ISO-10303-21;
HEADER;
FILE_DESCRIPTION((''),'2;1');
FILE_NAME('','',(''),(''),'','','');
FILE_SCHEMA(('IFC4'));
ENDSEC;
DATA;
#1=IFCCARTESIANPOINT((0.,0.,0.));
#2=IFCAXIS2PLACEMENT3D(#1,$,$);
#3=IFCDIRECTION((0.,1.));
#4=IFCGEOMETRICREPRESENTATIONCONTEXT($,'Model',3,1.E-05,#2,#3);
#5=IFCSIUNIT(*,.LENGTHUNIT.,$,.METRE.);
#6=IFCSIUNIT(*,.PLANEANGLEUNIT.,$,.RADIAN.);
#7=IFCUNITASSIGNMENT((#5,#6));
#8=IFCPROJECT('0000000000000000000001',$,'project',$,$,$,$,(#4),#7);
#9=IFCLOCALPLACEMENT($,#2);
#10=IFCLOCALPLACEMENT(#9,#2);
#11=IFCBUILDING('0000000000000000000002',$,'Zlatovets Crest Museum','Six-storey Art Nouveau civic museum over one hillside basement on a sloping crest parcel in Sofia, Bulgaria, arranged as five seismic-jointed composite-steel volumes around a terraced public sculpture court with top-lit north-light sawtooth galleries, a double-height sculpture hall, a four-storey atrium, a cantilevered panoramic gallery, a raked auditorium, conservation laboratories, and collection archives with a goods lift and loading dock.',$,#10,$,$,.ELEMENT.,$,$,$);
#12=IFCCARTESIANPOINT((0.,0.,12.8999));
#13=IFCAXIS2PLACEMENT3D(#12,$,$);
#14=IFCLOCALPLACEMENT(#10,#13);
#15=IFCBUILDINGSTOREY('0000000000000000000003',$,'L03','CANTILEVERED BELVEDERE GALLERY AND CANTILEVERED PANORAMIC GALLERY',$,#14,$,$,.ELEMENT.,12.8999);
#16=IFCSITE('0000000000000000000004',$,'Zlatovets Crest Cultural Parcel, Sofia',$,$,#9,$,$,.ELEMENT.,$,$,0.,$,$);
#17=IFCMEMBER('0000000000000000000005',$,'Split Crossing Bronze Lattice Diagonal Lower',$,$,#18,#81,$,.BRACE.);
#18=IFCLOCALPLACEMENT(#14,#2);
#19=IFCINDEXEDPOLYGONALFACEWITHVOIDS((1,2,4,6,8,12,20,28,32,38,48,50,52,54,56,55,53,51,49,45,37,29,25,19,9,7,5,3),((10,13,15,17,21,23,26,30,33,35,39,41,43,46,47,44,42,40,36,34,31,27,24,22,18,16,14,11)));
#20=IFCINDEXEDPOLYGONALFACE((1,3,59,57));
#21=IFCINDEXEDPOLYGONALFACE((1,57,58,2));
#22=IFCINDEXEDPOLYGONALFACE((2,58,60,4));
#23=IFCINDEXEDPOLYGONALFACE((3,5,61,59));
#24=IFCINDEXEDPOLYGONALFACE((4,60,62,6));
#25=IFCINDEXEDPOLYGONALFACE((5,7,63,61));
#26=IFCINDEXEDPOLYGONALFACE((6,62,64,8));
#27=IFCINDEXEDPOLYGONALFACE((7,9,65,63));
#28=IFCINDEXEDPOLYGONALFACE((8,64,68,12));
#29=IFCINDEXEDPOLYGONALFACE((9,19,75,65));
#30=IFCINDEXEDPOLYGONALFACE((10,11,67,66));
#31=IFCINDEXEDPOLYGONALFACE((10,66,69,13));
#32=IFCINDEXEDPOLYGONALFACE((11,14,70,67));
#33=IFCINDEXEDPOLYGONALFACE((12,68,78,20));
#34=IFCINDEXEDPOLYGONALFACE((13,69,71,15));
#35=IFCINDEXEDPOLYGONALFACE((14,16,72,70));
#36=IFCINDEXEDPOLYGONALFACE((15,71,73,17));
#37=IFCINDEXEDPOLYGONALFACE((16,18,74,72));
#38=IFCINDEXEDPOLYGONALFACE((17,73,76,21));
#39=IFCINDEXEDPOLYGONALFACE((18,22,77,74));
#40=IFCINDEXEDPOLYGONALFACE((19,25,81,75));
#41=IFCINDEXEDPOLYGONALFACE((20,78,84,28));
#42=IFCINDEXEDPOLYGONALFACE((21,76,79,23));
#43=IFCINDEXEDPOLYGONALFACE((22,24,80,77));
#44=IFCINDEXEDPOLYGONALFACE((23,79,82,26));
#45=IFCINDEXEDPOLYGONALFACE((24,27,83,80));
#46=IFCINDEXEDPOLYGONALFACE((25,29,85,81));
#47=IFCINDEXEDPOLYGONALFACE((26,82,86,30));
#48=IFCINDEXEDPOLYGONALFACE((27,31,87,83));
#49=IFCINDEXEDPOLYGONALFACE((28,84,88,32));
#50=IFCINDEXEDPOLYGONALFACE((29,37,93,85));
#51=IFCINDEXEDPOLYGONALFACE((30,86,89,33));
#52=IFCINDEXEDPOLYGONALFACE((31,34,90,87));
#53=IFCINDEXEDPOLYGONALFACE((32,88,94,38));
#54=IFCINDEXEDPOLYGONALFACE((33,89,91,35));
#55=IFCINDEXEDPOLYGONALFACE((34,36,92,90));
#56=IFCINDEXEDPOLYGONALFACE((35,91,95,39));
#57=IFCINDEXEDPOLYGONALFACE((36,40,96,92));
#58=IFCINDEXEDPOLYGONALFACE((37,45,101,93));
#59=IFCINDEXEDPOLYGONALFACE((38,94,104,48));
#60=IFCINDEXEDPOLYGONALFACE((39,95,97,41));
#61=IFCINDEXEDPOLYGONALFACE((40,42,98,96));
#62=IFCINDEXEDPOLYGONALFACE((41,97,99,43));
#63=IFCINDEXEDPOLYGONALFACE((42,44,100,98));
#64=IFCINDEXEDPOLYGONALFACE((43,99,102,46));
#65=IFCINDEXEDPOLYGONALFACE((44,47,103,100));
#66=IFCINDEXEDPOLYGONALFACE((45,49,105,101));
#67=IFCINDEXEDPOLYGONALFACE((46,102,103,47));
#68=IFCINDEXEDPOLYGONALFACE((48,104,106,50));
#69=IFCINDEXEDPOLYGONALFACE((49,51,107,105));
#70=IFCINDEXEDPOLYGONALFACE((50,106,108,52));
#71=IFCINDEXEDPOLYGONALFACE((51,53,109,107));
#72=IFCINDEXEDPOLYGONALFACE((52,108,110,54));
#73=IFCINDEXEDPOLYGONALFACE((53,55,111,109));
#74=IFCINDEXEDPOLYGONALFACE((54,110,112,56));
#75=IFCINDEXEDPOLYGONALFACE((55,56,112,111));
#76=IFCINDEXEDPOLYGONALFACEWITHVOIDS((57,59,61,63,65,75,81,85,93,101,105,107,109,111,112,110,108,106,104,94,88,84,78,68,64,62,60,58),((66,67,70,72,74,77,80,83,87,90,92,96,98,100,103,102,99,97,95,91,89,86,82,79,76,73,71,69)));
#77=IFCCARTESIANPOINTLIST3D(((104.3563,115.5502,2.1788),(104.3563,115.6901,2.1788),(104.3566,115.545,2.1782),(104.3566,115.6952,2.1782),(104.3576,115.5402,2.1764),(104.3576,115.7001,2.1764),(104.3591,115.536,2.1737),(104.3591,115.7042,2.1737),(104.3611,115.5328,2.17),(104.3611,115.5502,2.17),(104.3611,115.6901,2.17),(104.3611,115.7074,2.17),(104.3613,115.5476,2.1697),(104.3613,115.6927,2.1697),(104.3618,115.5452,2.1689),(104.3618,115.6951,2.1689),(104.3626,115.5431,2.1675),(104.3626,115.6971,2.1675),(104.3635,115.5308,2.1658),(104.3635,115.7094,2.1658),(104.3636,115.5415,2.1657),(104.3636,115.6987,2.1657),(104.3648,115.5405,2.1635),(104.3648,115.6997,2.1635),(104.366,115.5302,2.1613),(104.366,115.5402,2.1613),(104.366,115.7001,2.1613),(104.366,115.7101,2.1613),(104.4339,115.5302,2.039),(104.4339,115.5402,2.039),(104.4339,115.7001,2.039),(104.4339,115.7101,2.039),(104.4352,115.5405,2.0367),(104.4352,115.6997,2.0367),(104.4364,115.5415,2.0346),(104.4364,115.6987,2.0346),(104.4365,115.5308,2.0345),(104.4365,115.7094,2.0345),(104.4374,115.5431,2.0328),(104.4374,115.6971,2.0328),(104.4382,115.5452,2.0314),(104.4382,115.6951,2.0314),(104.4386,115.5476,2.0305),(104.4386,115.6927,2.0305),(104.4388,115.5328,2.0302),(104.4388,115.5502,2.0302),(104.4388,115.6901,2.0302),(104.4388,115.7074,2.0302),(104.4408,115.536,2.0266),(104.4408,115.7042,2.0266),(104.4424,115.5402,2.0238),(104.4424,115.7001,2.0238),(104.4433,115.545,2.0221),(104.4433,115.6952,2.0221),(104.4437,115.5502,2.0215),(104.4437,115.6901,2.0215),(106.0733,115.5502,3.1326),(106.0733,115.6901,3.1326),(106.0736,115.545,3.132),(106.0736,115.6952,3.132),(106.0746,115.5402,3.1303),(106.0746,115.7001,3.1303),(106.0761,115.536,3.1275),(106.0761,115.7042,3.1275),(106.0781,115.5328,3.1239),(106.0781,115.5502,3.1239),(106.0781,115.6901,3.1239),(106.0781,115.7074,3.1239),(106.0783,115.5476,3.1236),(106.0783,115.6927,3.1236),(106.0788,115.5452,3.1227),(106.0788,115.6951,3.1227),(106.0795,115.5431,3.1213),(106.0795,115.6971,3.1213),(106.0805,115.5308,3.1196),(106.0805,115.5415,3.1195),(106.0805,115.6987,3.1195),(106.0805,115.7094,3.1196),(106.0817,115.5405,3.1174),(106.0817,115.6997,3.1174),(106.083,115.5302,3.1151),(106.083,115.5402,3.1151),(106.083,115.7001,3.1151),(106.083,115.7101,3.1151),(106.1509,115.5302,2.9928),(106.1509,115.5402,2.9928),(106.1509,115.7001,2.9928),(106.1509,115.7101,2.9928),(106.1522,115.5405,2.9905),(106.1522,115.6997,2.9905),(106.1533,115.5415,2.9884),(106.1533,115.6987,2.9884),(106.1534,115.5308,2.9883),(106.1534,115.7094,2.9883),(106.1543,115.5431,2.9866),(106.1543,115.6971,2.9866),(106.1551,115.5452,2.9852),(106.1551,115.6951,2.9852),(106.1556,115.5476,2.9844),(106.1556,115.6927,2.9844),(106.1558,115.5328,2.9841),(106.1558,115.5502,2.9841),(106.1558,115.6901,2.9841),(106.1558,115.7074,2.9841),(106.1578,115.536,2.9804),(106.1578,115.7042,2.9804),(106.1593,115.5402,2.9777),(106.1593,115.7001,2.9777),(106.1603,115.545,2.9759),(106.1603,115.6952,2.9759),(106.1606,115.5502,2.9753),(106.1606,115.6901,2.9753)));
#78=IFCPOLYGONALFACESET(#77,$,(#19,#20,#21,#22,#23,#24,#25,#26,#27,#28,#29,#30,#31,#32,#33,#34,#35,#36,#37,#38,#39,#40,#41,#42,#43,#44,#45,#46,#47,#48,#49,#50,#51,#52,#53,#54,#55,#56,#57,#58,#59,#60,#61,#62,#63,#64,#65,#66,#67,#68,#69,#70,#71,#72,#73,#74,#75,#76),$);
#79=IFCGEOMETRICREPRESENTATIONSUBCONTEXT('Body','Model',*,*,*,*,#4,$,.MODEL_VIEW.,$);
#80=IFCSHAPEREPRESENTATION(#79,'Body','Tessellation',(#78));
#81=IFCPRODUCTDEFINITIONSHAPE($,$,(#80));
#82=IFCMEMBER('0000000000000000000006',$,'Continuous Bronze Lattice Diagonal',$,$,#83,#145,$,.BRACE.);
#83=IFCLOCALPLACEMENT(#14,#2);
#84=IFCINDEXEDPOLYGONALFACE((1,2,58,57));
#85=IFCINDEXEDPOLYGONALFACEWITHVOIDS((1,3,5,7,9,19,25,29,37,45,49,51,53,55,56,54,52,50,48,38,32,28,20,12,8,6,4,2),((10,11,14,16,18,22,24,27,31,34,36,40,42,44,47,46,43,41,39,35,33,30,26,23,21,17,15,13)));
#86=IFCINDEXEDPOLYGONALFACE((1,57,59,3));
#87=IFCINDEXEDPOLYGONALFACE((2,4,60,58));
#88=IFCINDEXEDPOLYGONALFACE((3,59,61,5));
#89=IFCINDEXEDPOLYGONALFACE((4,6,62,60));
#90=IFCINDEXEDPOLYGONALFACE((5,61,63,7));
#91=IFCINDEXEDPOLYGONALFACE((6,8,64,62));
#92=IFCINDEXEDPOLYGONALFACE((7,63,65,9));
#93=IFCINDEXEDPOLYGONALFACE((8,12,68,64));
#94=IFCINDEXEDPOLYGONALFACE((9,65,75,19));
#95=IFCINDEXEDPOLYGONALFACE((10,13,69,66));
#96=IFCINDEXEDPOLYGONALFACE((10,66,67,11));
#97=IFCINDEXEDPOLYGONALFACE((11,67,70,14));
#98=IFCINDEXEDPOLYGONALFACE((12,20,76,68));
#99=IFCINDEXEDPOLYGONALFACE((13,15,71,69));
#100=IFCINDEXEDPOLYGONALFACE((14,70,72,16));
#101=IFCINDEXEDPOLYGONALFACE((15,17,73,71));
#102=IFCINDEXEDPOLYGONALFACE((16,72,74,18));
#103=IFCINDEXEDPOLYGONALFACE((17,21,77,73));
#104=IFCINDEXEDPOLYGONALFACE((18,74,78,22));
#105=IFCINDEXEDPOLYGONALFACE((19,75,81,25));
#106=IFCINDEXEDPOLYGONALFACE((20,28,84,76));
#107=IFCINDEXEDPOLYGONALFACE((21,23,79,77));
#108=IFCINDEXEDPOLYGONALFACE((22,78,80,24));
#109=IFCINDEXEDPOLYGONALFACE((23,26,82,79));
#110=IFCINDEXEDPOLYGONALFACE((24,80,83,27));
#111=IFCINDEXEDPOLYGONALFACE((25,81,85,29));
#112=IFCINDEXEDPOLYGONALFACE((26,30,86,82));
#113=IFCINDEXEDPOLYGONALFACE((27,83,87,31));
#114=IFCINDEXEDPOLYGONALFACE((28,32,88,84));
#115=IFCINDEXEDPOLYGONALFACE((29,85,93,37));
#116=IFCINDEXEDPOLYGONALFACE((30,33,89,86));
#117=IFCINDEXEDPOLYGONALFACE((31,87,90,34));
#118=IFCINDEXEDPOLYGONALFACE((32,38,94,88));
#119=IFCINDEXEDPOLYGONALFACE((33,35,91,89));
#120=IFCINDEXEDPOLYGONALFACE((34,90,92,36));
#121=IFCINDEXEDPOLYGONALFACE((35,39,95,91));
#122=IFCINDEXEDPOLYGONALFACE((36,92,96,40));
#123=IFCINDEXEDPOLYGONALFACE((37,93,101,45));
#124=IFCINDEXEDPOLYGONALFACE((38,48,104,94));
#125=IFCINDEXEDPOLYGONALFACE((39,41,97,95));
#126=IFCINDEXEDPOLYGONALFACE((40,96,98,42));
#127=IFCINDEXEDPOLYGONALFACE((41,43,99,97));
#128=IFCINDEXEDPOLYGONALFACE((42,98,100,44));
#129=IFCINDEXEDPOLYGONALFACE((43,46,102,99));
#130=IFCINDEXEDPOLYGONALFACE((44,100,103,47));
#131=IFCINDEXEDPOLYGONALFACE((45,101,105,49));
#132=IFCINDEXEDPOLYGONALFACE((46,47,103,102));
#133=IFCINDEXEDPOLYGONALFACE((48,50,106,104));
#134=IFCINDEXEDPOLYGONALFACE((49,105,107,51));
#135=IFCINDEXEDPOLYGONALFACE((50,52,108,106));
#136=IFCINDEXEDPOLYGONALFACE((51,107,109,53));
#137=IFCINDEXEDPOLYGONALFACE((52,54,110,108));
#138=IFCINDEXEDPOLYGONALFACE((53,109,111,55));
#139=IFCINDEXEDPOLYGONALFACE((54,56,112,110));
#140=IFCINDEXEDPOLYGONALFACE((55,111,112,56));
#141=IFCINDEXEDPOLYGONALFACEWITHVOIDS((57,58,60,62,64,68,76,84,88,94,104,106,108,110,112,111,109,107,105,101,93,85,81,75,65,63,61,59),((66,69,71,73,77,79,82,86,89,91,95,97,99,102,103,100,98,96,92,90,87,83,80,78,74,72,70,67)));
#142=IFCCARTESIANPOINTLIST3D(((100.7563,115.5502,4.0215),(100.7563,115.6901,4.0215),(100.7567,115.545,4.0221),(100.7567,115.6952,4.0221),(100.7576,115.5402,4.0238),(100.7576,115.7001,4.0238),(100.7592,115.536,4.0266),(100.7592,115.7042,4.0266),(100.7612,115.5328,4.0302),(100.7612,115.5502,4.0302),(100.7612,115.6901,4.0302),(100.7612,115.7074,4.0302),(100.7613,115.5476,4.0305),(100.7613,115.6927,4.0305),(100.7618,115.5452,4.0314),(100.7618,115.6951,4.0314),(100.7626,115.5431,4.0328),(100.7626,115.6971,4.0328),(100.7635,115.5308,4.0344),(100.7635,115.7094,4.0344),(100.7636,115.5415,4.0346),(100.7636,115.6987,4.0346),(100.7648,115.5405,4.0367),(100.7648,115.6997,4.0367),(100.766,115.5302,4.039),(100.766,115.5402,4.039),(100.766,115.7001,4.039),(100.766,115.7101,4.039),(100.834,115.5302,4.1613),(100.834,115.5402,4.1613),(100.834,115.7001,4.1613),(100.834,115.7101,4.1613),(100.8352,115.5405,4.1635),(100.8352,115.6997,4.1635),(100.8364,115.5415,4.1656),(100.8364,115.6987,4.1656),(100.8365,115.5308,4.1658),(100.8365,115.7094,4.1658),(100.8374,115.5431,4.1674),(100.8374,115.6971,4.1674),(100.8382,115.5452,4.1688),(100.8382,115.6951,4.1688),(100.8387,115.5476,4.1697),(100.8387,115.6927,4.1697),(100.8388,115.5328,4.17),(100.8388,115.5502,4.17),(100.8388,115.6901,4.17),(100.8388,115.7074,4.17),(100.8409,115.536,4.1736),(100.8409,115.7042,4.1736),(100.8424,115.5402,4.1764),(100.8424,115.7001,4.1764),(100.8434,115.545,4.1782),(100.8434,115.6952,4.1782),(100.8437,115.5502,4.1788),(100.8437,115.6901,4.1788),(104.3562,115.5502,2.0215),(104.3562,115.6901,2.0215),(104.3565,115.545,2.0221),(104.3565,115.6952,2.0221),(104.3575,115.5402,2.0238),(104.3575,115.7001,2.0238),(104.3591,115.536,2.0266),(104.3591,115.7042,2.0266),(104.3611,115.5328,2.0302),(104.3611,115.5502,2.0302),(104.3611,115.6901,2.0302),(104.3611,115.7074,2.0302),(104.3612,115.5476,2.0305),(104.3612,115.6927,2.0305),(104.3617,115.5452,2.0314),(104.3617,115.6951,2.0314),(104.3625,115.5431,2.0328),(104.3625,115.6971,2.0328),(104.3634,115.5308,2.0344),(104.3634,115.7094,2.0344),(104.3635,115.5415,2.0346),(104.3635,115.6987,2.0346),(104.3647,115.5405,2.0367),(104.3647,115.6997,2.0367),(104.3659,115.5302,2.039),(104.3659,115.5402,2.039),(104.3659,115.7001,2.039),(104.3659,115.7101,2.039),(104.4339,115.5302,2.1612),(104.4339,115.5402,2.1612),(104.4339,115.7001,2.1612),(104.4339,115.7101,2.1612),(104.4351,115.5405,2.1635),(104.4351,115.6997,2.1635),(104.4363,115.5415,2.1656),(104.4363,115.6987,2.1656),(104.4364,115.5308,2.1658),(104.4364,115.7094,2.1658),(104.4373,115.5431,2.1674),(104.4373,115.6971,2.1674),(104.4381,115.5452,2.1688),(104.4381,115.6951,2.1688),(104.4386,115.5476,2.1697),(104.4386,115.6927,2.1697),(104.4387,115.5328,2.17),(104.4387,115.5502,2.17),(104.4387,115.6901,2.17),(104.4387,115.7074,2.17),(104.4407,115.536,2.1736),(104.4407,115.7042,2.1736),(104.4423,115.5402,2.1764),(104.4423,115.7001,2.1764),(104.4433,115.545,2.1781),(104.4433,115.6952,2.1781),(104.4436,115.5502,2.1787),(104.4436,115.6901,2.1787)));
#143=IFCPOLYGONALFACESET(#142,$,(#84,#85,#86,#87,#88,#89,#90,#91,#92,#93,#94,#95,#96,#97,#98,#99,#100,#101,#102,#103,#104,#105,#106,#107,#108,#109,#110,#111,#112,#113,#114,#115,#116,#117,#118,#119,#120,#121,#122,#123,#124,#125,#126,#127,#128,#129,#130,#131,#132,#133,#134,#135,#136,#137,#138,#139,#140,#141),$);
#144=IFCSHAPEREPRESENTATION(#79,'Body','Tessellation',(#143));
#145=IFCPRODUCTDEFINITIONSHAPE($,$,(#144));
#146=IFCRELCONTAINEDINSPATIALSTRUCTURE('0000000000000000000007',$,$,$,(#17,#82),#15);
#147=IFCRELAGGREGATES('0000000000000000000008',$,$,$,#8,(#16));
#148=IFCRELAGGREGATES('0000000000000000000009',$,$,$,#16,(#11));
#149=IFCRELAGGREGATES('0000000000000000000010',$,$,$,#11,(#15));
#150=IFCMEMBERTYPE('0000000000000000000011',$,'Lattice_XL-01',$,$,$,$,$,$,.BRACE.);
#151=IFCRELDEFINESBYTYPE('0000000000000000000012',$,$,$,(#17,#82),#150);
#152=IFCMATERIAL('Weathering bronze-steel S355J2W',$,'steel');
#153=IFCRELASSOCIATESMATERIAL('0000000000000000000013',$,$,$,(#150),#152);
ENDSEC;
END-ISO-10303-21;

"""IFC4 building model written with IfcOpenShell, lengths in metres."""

from ifc_helpers import new_model, si_unit, direction, frame, origin, origin_2d, place, context, subcontext, project, spatial, hollow_rectangle, extrude, material, material_profile, profile_set, type_object, element, save


model = new_model("IFC4")

# Units and contexts
model_context = context("Model", 3, precision=1e-05, world=origin(), true_north=direction((0.0, 1.0)))
body_context = subcontext(model_context, "Body", "Model", "MODEL_VIEW")
ifc_project = project(units=[si_unit("LENGTHUNIT", "METRE"), si_unit("PLANEANGLEUNIT", "RADIAN")], contexts=[model_context])

# Site, building, storey
site_placement = place(None, origin())
site = spatial("IfcSite", under=ifc_project, at=site_placement, Name="Zlatovets Crest Cultural Parcel, Sofia", CompositionType="ELEMENT", RefElevation=0.0)
building_placement = place(site_placement, origin())
building = spatial("IfcBuilding", under=site, at=building_placement, Name="Zlatovets Crest Museum", Description="Six-storey Art Nouveau civic museum over one hillside basement on a sloping crest parcel in Sofia, Bulgaria, arranged as five seismic-jointed composite-steel volumes around a terraced public sculpture court with top-lit north-light sawtooth galleries, a double-height sculpture hall, a four-storey atrium, a cantilevered panoramic gallery, a raked auditorium, conservation laboratories, and collection archives with a goods lift and loading dock.", CompositionType="ELEMENT")
storey_placement = place(building_placement, frame((0.0, 0.0, 12.8999)))
storey = spatial("IfcBuildingStorey", under=building, at=storey_placement, Name="L03", Description="CANTILEVERED BELVEDERE GALLERY AND CANTILEVERED PANORAMIC GALLERY", CompositionType="ELEMENT", Elevation=12.8999)

# Members
ifc_material_1 = material(Name="Weathering bronze-steel S355J2W", Category="steel")
ifc_material_profile_1 = material_profile(ifc_material_1, hollow_rectangle(XDim=0.1799, YDim=0.1799, WallThickness=0.01, InnerFilletRadius=0.01, OuterFilletRadius=0.02, at=origin_2d()), Name="SHS 180x180x10.0")
ifc_profile_set_1 = profile_set([ifc_material_profile_1], Name="Weathering bronze-steel S355J2W")
member_type_1 = type_object("IfcMemberType", Name="Lattice_XL-01", PredefinedType="BRACE", material=ifc_profile_set_1)
for number, where, z_axis, x_axis, name in (
    (1, (106.1169, 115.6201, 3.054), (-0.874169, 0.0, -0.485622), (0.0, -1.0, 0.0), "Split Crossing Bronze Lattice Diagonal Lower"),
):
    element("IfcMember", number, at=place(storey_placement, frame(where, z_axis=z_axis, x_axis=x_axis)), inside=storey, type_object=member_type_1, Name=name, PredefinedType="BRACE", context=body_context, shape_type="SweptSolid", body=[
        extrude(hollow_rectangle(XDim=0.1799, YDim=0.1799, WallThickness=0.01, InnerFilletRadius=0.01, OuterFilletRadius=0.02, at=origin_2d()), origin(), (0.0, 0.0, 1.0), 1.9641),
    ])
member_1_placement = place(storey_placement, frame((104.3999, 115.6201, 2.1001), z_axis=(-0.874149, 0.0, 0.485658), x_axis=(0.0, -1.0, 0.0)))
element("IfcMember", 2, at=member_1_placement, inside=storey, type_object=member_type_1, Name="Continuous Bronze Lattice Diagonal", PredefinedType="BRACE", context=body_context, shape_type="SweptSolid", body=[
    extrude(hollow_rectangle(XDim=0.1799, YDim=0.1799, WallThickness=0.01, InnerFilletRadius=0.01, OuterFilletRadius=0.02, at=origin_2d()), origin(), (0.0, 0.0, 1.0), 4.1182),
])

save(model, "model.ifc")
